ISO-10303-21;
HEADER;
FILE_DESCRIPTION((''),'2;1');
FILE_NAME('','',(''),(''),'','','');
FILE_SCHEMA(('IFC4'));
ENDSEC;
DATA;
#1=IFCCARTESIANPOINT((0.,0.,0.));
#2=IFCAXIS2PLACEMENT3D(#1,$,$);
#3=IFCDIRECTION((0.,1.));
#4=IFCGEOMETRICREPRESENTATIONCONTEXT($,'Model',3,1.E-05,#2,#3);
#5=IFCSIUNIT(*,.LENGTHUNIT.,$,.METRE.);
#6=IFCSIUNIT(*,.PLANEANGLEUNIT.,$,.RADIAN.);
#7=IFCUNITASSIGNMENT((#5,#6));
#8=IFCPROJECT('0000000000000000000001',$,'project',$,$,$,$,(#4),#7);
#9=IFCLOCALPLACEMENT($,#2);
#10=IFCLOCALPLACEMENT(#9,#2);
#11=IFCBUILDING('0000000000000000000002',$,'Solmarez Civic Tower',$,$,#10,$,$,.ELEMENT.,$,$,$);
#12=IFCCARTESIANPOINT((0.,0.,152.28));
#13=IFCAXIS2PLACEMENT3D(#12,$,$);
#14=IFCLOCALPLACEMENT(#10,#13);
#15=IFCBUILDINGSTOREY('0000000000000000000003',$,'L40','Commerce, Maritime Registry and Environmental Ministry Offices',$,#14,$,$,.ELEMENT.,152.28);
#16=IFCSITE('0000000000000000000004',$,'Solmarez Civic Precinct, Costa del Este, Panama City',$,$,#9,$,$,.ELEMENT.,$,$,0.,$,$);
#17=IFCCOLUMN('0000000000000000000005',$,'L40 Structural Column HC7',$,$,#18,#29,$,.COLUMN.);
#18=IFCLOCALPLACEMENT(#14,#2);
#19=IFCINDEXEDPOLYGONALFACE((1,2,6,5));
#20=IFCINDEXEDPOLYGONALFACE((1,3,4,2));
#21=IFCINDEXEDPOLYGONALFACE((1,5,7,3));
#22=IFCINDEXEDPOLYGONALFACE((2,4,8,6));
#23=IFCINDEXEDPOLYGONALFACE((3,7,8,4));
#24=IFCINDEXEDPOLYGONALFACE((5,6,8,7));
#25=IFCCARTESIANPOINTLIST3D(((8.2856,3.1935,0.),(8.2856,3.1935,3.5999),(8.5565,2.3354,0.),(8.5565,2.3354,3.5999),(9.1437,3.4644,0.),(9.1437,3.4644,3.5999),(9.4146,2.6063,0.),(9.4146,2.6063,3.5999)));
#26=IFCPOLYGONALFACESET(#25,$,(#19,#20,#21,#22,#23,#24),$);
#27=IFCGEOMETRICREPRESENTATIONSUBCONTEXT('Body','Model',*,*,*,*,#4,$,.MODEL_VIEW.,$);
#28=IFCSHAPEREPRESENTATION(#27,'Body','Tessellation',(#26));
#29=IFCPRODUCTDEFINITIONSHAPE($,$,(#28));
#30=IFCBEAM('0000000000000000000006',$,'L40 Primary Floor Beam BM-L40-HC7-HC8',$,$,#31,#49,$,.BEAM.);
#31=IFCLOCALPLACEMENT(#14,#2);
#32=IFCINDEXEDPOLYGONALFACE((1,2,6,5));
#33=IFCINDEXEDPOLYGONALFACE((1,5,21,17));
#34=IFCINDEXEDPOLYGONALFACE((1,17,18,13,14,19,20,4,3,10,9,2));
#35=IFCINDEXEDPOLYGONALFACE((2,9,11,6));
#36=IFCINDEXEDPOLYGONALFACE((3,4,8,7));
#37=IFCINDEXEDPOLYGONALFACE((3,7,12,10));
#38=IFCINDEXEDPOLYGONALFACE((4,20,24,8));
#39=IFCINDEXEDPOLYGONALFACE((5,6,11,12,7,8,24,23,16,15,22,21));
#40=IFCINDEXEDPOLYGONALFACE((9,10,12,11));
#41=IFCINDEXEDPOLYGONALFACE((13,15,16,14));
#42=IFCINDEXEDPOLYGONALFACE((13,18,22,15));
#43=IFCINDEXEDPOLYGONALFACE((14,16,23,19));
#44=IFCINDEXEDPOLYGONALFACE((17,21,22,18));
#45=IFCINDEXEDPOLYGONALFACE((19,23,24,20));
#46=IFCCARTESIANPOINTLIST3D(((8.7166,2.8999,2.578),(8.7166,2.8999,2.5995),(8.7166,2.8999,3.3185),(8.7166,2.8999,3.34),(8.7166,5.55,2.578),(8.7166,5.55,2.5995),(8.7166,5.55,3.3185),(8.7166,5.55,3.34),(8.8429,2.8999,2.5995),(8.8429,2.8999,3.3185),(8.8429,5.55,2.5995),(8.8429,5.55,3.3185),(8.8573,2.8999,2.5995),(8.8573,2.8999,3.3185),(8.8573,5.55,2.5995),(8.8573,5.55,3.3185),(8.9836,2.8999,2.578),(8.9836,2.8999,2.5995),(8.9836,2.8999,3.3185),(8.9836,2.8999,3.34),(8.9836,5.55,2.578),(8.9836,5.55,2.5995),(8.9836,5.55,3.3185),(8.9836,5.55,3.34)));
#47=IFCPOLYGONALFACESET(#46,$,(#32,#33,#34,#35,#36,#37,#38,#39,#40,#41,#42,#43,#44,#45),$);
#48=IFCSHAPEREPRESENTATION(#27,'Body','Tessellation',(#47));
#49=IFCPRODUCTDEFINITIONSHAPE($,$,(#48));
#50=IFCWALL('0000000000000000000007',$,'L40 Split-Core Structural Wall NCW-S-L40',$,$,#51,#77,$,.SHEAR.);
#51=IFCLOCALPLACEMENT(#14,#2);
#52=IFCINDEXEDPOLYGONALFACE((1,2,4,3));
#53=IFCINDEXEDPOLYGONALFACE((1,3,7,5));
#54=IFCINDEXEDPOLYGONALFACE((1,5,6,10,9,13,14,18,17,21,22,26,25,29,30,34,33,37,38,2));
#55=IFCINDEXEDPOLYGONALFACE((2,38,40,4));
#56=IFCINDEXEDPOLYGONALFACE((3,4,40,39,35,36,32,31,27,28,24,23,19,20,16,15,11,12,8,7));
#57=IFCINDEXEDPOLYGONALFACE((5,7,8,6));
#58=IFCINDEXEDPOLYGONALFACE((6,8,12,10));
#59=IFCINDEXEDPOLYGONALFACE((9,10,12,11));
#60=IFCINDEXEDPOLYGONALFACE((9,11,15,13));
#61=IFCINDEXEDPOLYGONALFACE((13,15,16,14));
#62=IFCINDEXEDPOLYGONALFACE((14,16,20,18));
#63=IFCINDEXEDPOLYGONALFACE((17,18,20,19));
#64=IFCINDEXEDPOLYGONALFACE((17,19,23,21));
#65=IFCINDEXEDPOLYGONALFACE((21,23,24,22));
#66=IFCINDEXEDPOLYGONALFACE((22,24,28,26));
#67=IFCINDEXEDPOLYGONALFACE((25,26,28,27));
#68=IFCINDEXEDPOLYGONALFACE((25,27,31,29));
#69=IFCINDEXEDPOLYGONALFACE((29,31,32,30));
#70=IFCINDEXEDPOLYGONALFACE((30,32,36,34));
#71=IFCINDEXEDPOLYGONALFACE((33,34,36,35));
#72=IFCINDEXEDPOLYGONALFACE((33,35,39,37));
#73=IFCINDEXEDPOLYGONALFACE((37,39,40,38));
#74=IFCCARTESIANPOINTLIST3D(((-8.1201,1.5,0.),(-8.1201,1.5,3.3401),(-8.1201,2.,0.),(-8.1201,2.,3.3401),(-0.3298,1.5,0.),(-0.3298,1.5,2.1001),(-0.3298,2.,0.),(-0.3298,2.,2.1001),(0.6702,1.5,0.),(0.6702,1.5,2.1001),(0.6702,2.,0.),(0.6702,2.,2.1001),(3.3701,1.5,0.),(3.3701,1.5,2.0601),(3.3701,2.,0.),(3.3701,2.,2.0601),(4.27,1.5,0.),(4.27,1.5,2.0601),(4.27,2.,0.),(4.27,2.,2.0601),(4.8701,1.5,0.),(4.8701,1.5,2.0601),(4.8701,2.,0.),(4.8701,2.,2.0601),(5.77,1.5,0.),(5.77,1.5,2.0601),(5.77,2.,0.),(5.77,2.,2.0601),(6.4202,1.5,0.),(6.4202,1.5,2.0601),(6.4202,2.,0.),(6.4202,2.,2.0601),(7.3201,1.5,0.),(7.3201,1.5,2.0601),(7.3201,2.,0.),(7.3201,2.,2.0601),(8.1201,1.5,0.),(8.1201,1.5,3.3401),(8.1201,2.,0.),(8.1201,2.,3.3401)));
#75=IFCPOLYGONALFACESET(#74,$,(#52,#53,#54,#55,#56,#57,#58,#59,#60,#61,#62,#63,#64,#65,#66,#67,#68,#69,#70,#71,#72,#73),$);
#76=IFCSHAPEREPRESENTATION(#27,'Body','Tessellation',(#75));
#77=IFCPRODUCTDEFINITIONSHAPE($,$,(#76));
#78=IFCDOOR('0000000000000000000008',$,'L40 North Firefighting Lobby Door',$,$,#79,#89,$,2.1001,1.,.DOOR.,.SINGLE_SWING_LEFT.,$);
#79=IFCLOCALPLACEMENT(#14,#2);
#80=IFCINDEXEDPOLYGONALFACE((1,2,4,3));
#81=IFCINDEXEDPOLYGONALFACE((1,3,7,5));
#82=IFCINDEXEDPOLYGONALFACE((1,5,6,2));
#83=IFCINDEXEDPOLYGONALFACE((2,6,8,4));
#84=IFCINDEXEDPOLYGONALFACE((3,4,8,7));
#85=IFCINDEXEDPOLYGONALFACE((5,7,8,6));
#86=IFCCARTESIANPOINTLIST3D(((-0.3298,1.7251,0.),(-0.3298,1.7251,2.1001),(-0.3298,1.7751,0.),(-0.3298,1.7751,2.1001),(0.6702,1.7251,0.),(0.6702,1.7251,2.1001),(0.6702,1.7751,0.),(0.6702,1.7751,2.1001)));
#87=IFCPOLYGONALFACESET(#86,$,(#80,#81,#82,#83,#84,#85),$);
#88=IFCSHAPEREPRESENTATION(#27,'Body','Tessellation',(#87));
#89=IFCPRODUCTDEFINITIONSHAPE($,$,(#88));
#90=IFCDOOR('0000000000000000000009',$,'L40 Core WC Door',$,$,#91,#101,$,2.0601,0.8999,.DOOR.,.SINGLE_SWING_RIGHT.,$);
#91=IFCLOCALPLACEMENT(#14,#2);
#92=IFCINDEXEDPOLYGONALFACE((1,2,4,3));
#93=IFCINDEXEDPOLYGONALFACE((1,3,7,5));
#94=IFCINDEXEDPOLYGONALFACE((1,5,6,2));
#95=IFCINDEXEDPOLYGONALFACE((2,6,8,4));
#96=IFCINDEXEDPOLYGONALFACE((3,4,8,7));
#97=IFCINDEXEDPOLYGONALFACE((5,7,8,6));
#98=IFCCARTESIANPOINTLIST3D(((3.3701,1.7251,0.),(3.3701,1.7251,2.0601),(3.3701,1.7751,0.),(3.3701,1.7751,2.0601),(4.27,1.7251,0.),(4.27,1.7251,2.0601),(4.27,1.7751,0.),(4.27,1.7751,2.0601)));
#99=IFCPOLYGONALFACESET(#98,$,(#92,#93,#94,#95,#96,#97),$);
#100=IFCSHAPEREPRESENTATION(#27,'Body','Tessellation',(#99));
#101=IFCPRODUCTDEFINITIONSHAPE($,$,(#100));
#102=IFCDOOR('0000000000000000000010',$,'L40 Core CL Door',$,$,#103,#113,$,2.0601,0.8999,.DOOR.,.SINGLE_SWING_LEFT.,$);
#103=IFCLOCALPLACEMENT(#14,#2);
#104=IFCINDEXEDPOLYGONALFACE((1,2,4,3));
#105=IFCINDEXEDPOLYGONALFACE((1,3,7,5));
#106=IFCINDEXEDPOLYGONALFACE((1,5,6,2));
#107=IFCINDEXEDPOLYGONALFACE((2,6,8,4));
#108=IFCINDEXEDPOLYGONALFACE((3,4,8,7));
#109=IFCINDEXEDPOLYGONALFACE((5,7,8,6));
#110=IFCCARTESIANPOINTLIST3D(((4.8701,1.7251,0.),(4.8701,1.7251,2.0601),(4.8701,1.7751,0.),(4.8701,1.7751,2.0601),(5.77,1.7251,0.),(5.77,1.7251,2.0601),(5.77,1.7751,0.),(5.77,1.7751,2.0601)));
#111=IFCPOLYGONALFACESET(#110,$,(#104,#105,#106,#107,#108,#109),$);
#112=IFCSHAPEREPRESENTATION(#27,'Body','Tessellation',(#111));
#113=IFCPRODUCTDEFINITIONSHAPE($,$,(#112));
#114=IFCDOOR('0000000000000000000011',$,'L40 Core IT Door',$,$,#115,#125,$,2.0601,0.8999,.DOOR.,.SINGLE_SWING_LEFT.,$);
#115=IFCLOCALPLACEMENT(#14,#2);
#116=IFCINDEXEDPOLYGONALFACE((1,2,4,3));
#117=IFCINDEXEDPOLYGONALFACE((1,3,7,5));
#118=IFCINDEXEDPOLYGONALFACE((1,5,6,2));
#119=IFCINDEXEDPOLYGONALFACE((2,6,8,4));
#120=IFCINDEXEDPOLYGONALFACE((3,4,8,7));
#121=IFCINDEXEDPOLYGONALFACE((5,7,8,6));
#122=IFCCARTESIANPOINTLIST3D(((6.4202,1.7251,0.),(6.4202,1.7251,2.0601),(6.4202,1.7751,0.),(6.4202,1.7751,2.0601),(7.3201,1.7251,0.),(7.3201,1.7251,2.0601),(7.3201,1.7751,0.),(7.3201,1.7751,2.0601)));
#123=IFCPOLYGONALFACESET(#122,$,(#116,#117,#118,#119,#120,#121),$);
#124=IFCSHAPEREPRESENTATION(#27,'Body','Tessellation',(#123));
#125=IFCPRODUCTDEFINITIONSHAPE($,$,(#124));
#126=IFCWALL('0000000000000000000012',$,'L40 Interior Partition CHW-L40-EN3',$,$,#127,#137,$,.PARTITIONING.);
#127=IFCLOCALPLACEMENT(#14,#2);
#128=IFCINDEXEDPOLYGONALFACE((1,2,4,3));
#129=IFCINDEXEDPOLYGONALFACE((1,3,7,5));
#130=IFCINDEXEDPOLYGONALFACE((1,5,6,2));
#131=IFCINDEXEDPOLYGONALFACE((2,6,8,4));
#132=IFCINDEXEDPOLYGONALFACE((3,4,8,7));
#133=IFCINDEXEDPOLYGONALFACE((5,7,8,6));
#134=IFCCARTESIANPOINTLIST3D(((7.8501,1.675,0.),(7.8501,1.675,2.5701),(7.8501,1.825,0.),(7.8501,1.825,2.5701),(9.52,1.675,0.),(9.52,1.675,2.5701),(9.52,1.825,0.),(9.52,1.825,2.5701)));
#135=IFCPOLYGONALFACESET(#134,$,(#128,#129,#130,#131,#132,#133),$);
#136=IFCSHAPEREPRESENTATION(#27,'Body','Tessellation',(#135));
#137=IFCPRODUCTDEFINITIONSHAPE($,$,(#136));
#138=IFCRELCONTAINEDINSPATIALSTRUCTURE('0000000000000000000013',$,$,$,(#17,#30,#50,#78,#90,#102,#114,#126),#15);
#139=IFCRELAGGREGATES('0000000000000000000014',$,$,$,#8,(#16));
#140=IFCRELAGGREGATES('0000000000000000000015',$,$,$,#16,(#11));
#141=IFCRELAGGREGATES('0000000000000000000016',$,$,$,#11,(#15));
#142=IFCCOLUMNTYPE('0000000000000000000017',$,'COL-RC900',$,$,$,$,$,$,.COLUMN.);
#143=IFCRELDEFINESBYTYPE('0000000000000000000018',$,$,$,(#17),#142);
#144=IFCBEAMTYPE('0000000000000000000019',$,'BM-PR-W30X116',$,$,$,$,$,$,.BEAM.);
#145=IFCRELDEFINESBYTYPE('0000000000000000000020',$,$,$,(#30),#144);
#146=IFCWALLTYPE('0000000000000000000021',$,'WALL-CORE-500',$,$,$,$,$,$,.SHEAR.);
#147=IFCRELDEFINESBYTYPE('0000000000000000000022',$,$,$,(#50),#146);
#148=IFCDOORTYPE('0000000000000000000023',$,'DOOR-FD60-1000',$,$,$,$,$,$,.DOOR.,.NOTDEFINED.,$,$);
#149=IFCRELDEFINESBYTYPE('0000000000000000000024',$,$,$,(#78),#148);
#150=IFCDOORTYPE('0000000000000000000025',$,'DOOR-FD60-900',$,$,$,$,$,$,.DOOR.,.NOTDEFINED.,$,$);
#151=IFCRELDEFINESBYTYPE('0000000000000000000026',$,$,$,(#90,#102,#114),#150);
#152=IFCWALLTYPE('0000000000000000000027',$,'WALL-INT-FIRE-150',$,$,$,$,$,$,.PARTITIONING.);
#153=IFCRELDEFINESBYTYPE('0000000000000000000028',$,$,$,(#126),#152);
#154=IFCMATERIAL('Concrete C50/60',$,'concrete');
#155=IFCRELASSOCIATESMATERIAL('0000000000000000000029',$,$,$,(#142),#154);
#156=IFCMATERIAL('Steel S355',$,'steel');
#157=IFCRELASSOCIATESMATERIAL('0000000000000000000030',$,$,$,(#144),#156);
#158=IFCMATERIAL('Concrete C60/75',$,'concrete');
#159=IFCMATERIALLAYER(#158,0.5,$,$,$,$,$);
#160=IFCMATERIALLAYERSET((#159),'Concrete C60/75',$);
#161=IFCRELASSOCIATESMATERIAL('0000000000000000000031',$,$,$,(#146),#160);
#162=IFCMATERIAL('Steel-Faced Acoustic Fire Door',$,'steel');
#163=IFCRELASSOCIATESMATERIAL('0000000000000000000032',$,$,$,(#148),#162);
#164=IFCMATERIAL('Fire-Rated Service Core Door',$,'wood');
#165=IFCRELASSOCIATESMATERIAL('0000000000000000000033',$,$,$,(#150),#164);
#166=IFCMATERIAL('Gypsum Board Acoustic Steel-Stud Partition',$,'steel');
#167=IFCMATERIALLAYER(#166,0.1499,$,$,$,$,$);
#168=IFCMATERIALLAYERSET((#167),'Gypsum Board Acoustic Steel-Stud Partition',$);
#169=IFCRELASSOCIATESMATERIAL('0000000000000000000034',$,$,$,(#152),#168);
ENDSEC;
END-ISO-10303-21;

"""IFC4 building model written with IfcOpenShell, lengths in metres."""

from ifc_helpers import new_model, si_unit, direction, frame, frame_2d, origin, origin_2d, place, context, subcontext, project, spatial, rectangle, i_section, extrude, material, layer, layer_set, material_profile, profile_set, type_object, element, fill, save


model = new_model("IFC4")

# Units and contexts
model_context = context("Model", 3, precision=1e-05, world=origin(), true_north=direction((0.0, 1.0)))
body_context = subcontext(model_context, "Body", "Model", "MODEL_VIEW")
ifc_project = project(units=[si_unit("LENGTHUNIT", "METRE"), si_unit("PLANEANGLEUNIT", "RADIAN")], contexts=[model_context])

# Site, building, storey
site_placement = place(None, origin())
site = spatial("IfcSite", under=ifc_project, at=site_placement, Name="Solmarez Civic Precinct, Costa del Este, Panama City", CompositionType="ELEMENT", RefElevation=0.0)
building_placement = place(site_placement, origin())
building = spatial("IfcBuilding", under=site, at=building_placement, Name="Solmarez Civic Tower", CompositionType="ELEMENT")
storey_placement = place(building_placement, frame((0.0, 0.0, 152.28)))
storey = spatial("IfcBuildingStorey", under=building, at=storey_placement, Name="L40", Description="Commerce, Maritime Registry and Environmental Ministry Offices", CompositionType="ELEMENT", Elevation=152.28)

# Column
ifc_material_1 = material(Name="Concrete C50/60", Category="concrete")
ifc_material_profile_1 = material_profile(ifc_material_1, rectangle(XDim=0.8999, YDim=0.8999, at=origin_2d()), Name="RC900X900")
ifc_profile_set_1 = profile_set([ifc_material_profile_1], Name="Concrete C50/60")
column_type = type_object("IfcColumnType", Name="COL-RC900", PredefinedType="COLUMN", material=ifc_profile_set_1)
column_placement = place(storey_placement, frame((8.8501, 2.8999, 0.0), z_axis=(0.0, 0.0, 1.0), x_axis=(0.953612, 0.301039, 0.0)))
element("IfcColumn", 1, at=column_placement, inside=storey, type_object=column_type, Name="L40 Structural Column HC7", PredefinedType="COLUMN", context=body_context, shape_type="SweptSolid", body=[
    extrude(rectangle(XDim=0.8999, YDim=0.8999, at=origin_2d()), origin(), (0.0, 0.0, 1.0), 3.5999),
])

# Beam
ifc_material_2 = material(Name="Steel S355", Category="steel")
ifc_material_profile_2 = material_profile(ifc_material_2, i_section(OverallWidth=0.2671, OverallDepth=0.762, WebThickness=0.0144, FlangeThickness=0.0215, at=origin_2d()), Name="W30X116")
ifc_profile_set_2 = profile_set([ifc_material_profile_2], Name="Steel S355")
beam_type = type_object("IfcBeamType", Name="BM-PR-W30X116", PredefinedType="BEAM", material=ifc_profile_set_2)
beam_placement = place(storey_placement, frame((8.8501, 2.8999, 2.959), z_axis=(0.0, 1.0, 0.0), x_axis=(-1.0, 0.0, 0.0)))
element("IfcBeam", 2, at=beam_placement, inside=storey, type_object=beam_type, Name="L40 Primary Floor Beam BM-L40-HC7-HC8", PredefinedType="BEAM", context=body_context, shape_type="SweptSolid", body=[
    extrude(i_section(OverallWidth=0.2671, OverallDepth=0.762, WebThickness=0.0144, FlangeThickness=0.0215, at=origin_2d()), origin(), (0.0, 0.0, 1.0), 2.6501),
])

# Wall, openings, doors
ifc_material_3 = material(Name="Concrete C60/75", Category="concrete")
ifc_layer_1 = layer(ifc_material_3, 0.5)
ifc_layer_set_1 = layer_set([ifc_layer_1], Name="Concrete C60/75")
wall_type_1 = type_object("IfcWallType", Name="WALL-CORE-500", PredefinedType="SHEAR", material=ifc_layer_set_1)
wall_1_placement = place(storey_placement, frame((8.1201, 1.75, 0.0), z_axis=(0.0, 0.0, 1.0), x_axis=(-1.0, 0.0, 0.0)))
wall_1 = element("IfcWall", 3, at=wall_1_placement, inside=storey, type_object=wall_type_1, Name="L40 Split-Core Structural Wall NCW-S-L40", PredefinedType="SHEAR", context=body_context, shape_type="SweptSolid", body=[
    extrude(rectangle(XDim=16.2402, YDim=0.5, at=frame_2d((8.1201, 0.0))), origin(), (0.0, 0.0, 1.0), 3.3401),
])
opening_1_placement = place(wall_1_placement, frame((7.45, 0.0, 0.0)))
opening_1 = element("IfcOpeningElement", 4, at=opening_1_placement, cuts=wall_1, PredefinedType="OPENING", context=body_context, shape_type="SweptSolid", body=[
    extrude(rectangle(XDim=1.0, YDim=2.1001, at=frame_2d((0.5, 1.05))), frame((0.0, 0.26, 0.0), z_axis=(0.0, -1.0, 0.0), x_axis=(1.0, 0.0, 0.0)), (0.0, 0.0, 1.0), 0.52),
])
opening_2_placement = place(wall_1_placement, frame((3.8501, 0.0, 0.0)))
opening_2 = element("IfcOpeningElement", 5, at=opening_2_placement, cuts=wall_1, PredefinedType="OPENING", context=body_context, shape_type="SweptSolid", body=[
    extrude(rectangle(XDim=0.8999, YDim=2.0601, at=frame_2d((0.45, 1.03))), frame((0.0, 0.26, 0.0), z_axis=(0.0, -1.0, 0.0), x_axis=(1.0, 0.0, 0.0)), (0.0, 0.0, 1.0), 0.52),
])
opening_3_placement = place(wall_1_placement, frame((2.3501, 0.0, 0.0)))
opening_3 = element("IfcOpeningElement", 6, at=opening_3_placement, cuts=wall_1, PredefinedType="OPENING", context=body_context, shape_type="SweptSolid", body=[
    extrude(rectangle(XDim=0.8999, YDim=2.0601, at=frame_2d((0.45, 1.03))), frame((0.0, 0.26, 0.0), z_axis=(0.0, -1.0, 0.0), x_axis=(1.0, 0.0, 0.0)), (0.0, 0.0, 1.0), 0.52),
])
opening_4_placement = place(wall_1_placement, frame((0.8, 0.0, 0.0)))
opening_4 = element("IfcOpeningElement", 7, at=opening_4_placement, cuts=wall_1, PredefinedType="OPENING", context=body_context, shape_type="SweptSolid", body=[
    extrude(rectangle(XDim=0.8999, YDim=2.0601, at=frame_2d((0.45, 1.03))), frame((0.0, 0.26, 0.0), z_axis=(0.0, -1.0, 0.0), x_axis=(1.0, 0.0, 0.0)), (0.0, 0.0, 1.0), 0.52),
])
ifc_material_4 = material(Name="Steel-Faced Acoustic Fire Door", Category="steel")
door_type_1 = type_object("IfcDoorType", Name="DOOR-FD60-1000", OperationType="NOTDEFINED", PredefinedType="DOOR", material=ifc_material_4)
door_1_placement = place(opening_1_placement, origin())
door_1 = element("IfcDoor", 8, at=door_1_placement, inside=storey, type_object=door_type_1, Name="L40 North Firefighting Lobby Door", OperationType="SINGLE_SWING_LEFT", OverallHeight=2.1001, OverallWidth=1.0, PredefinedType="DOOR", context=body_context, shape_type="SweptSolid", body=[
    extrude(rectangle(XDim=1.0, YDim=2.1001, at=frame_2d((0.5, 1.05))), frame((0.0, 0.0249, 0.0), z_axis=(0.0, -1.0, 0.0), x_axis=(1.0, 0.0, 0.0)), (0.0, 0.0, 1.0), 0.05),
])
fill(opening_1, door_1)
ifc_material_5 = material(Name="Fire-Rated Service Core Door", Category="wood")
door_type_2 = type_object("IfcDoorType", Name="DOOR-FD60-900", OperationType="NOTDEFINED", PredefinedType="DOOR", material=ifc_material_5)
door_2_placement = place(opening_2_placement, origin())
door_2 = element("IfcDoor", 9, at=door_2_placement, inside=storey, type_object=door_type_2, Name="L40 Core WC Door", OperationType="SINGLE_SWING_RIGHT", OverallHeight=2.0601, OverallWidth=0.8999, PredefinedType="DOOR", context=body_context, shape_type="SweptSolid", body=[
    extrude(rectangle(XDim=0.8999, YDim=2.0601, at=frame_2d((0.45, 1.03))), frame((0.0, 0.0249, 0.0), z_axis=(0.0, -1.0, 0.0), x_axis=(1.0, 0.0, 0.0)), (0.0, 0.0, 1.0), 0.05),
])
fill(opening_2, door_2)
door_3_placement = place(opening_3_placement, origin())
door_3 = element("IfcDoor", 10, at=door_3_placement, inside=storey, type_object=door_type_2, Name="L40 Core CL Door", OperationType="SINGLE_SWING_LEFT", OverallHeight=2.0601, OverallWidth=0.8999, PredefinedType="DOOR", context=body_context, shape_type="SweptSolid", body=[
    extrude(rectangle(XDim=0.8999, YDim=2.0601, at=frame_2d((0.45, 1.03))), frame((0.0, 0.0249, 0.0), z_axis=(0.0, -1.0, 0.0), x_axis=(1.0, 0.0, 0.0)), (0.0, 0.0, 1.0), 0.05),
])
fill(opening_3, door_3)
door_4_placement = place(opening_4_placement, origin())
door_4 = element("IfcDoor", 11, at=door_4_placement, inside=storey, type_object=door_type_2, Name="L40 Core IT Door", OperationType="SINGLE_SWING_LEFT", OverallHeight=2.0601, OverallWidth=0.8999, PredefinedType="DOOR", context=body_context, shape_type="SweptSolid", body=[
    extrude(rectangle(XDim=0.8999, YDim=2.0601, at=frame_2d((0.45, 1.03))), frame((0.0, 0.0249, 0.0), z_axis=(0.0, -1.0, 0.0), x_axis=(1.0, 0.0, 0.0)), (0.0, 0.0, 1.0), 0.05),
])
fill(opening_4, door_4)

# Wall
ifc_material_6 = material(Name="Gypsum Board Acoustic Steel-Stud Partition", Category="steel")
ifc_layer_2 = layer(ifc_material_6, 0.1499)
ifc_layer_set_2 = layer_set([ifc_layer_2], Name="Gypsum Board Acoustic Steel-Stud Partition")
wall_type_2 = type_object("IfcWallType", Name="WALL-INT-FIRE-150", PredefinedType="PARTITIONING", material=ifc_layer_set_2)
wall_2_placement = place(storey_placement, frame((7.8501, 1.75, 0.0), z_axis=(0.0, 0.0, 1.0), x_axis=(1.0, 0.0, 0.0)))
element("IfcWall", 12, at=wall_2_placement, inside=storey, type_object=wall_type_2, Name="L40 Interior Partition CHW-L40-EN3", PredefinedType="PARTITIONING", context=body_context, shape_type="SweptSolid", body=[
    extrude(rectangle(XDim=1.6699, YDim=0.1499, at=frame_2d((0.835, 0.0))), origin(), (0.0, 0.0, 1.0), 2.5701),
])

save(model, "model.ifc")
